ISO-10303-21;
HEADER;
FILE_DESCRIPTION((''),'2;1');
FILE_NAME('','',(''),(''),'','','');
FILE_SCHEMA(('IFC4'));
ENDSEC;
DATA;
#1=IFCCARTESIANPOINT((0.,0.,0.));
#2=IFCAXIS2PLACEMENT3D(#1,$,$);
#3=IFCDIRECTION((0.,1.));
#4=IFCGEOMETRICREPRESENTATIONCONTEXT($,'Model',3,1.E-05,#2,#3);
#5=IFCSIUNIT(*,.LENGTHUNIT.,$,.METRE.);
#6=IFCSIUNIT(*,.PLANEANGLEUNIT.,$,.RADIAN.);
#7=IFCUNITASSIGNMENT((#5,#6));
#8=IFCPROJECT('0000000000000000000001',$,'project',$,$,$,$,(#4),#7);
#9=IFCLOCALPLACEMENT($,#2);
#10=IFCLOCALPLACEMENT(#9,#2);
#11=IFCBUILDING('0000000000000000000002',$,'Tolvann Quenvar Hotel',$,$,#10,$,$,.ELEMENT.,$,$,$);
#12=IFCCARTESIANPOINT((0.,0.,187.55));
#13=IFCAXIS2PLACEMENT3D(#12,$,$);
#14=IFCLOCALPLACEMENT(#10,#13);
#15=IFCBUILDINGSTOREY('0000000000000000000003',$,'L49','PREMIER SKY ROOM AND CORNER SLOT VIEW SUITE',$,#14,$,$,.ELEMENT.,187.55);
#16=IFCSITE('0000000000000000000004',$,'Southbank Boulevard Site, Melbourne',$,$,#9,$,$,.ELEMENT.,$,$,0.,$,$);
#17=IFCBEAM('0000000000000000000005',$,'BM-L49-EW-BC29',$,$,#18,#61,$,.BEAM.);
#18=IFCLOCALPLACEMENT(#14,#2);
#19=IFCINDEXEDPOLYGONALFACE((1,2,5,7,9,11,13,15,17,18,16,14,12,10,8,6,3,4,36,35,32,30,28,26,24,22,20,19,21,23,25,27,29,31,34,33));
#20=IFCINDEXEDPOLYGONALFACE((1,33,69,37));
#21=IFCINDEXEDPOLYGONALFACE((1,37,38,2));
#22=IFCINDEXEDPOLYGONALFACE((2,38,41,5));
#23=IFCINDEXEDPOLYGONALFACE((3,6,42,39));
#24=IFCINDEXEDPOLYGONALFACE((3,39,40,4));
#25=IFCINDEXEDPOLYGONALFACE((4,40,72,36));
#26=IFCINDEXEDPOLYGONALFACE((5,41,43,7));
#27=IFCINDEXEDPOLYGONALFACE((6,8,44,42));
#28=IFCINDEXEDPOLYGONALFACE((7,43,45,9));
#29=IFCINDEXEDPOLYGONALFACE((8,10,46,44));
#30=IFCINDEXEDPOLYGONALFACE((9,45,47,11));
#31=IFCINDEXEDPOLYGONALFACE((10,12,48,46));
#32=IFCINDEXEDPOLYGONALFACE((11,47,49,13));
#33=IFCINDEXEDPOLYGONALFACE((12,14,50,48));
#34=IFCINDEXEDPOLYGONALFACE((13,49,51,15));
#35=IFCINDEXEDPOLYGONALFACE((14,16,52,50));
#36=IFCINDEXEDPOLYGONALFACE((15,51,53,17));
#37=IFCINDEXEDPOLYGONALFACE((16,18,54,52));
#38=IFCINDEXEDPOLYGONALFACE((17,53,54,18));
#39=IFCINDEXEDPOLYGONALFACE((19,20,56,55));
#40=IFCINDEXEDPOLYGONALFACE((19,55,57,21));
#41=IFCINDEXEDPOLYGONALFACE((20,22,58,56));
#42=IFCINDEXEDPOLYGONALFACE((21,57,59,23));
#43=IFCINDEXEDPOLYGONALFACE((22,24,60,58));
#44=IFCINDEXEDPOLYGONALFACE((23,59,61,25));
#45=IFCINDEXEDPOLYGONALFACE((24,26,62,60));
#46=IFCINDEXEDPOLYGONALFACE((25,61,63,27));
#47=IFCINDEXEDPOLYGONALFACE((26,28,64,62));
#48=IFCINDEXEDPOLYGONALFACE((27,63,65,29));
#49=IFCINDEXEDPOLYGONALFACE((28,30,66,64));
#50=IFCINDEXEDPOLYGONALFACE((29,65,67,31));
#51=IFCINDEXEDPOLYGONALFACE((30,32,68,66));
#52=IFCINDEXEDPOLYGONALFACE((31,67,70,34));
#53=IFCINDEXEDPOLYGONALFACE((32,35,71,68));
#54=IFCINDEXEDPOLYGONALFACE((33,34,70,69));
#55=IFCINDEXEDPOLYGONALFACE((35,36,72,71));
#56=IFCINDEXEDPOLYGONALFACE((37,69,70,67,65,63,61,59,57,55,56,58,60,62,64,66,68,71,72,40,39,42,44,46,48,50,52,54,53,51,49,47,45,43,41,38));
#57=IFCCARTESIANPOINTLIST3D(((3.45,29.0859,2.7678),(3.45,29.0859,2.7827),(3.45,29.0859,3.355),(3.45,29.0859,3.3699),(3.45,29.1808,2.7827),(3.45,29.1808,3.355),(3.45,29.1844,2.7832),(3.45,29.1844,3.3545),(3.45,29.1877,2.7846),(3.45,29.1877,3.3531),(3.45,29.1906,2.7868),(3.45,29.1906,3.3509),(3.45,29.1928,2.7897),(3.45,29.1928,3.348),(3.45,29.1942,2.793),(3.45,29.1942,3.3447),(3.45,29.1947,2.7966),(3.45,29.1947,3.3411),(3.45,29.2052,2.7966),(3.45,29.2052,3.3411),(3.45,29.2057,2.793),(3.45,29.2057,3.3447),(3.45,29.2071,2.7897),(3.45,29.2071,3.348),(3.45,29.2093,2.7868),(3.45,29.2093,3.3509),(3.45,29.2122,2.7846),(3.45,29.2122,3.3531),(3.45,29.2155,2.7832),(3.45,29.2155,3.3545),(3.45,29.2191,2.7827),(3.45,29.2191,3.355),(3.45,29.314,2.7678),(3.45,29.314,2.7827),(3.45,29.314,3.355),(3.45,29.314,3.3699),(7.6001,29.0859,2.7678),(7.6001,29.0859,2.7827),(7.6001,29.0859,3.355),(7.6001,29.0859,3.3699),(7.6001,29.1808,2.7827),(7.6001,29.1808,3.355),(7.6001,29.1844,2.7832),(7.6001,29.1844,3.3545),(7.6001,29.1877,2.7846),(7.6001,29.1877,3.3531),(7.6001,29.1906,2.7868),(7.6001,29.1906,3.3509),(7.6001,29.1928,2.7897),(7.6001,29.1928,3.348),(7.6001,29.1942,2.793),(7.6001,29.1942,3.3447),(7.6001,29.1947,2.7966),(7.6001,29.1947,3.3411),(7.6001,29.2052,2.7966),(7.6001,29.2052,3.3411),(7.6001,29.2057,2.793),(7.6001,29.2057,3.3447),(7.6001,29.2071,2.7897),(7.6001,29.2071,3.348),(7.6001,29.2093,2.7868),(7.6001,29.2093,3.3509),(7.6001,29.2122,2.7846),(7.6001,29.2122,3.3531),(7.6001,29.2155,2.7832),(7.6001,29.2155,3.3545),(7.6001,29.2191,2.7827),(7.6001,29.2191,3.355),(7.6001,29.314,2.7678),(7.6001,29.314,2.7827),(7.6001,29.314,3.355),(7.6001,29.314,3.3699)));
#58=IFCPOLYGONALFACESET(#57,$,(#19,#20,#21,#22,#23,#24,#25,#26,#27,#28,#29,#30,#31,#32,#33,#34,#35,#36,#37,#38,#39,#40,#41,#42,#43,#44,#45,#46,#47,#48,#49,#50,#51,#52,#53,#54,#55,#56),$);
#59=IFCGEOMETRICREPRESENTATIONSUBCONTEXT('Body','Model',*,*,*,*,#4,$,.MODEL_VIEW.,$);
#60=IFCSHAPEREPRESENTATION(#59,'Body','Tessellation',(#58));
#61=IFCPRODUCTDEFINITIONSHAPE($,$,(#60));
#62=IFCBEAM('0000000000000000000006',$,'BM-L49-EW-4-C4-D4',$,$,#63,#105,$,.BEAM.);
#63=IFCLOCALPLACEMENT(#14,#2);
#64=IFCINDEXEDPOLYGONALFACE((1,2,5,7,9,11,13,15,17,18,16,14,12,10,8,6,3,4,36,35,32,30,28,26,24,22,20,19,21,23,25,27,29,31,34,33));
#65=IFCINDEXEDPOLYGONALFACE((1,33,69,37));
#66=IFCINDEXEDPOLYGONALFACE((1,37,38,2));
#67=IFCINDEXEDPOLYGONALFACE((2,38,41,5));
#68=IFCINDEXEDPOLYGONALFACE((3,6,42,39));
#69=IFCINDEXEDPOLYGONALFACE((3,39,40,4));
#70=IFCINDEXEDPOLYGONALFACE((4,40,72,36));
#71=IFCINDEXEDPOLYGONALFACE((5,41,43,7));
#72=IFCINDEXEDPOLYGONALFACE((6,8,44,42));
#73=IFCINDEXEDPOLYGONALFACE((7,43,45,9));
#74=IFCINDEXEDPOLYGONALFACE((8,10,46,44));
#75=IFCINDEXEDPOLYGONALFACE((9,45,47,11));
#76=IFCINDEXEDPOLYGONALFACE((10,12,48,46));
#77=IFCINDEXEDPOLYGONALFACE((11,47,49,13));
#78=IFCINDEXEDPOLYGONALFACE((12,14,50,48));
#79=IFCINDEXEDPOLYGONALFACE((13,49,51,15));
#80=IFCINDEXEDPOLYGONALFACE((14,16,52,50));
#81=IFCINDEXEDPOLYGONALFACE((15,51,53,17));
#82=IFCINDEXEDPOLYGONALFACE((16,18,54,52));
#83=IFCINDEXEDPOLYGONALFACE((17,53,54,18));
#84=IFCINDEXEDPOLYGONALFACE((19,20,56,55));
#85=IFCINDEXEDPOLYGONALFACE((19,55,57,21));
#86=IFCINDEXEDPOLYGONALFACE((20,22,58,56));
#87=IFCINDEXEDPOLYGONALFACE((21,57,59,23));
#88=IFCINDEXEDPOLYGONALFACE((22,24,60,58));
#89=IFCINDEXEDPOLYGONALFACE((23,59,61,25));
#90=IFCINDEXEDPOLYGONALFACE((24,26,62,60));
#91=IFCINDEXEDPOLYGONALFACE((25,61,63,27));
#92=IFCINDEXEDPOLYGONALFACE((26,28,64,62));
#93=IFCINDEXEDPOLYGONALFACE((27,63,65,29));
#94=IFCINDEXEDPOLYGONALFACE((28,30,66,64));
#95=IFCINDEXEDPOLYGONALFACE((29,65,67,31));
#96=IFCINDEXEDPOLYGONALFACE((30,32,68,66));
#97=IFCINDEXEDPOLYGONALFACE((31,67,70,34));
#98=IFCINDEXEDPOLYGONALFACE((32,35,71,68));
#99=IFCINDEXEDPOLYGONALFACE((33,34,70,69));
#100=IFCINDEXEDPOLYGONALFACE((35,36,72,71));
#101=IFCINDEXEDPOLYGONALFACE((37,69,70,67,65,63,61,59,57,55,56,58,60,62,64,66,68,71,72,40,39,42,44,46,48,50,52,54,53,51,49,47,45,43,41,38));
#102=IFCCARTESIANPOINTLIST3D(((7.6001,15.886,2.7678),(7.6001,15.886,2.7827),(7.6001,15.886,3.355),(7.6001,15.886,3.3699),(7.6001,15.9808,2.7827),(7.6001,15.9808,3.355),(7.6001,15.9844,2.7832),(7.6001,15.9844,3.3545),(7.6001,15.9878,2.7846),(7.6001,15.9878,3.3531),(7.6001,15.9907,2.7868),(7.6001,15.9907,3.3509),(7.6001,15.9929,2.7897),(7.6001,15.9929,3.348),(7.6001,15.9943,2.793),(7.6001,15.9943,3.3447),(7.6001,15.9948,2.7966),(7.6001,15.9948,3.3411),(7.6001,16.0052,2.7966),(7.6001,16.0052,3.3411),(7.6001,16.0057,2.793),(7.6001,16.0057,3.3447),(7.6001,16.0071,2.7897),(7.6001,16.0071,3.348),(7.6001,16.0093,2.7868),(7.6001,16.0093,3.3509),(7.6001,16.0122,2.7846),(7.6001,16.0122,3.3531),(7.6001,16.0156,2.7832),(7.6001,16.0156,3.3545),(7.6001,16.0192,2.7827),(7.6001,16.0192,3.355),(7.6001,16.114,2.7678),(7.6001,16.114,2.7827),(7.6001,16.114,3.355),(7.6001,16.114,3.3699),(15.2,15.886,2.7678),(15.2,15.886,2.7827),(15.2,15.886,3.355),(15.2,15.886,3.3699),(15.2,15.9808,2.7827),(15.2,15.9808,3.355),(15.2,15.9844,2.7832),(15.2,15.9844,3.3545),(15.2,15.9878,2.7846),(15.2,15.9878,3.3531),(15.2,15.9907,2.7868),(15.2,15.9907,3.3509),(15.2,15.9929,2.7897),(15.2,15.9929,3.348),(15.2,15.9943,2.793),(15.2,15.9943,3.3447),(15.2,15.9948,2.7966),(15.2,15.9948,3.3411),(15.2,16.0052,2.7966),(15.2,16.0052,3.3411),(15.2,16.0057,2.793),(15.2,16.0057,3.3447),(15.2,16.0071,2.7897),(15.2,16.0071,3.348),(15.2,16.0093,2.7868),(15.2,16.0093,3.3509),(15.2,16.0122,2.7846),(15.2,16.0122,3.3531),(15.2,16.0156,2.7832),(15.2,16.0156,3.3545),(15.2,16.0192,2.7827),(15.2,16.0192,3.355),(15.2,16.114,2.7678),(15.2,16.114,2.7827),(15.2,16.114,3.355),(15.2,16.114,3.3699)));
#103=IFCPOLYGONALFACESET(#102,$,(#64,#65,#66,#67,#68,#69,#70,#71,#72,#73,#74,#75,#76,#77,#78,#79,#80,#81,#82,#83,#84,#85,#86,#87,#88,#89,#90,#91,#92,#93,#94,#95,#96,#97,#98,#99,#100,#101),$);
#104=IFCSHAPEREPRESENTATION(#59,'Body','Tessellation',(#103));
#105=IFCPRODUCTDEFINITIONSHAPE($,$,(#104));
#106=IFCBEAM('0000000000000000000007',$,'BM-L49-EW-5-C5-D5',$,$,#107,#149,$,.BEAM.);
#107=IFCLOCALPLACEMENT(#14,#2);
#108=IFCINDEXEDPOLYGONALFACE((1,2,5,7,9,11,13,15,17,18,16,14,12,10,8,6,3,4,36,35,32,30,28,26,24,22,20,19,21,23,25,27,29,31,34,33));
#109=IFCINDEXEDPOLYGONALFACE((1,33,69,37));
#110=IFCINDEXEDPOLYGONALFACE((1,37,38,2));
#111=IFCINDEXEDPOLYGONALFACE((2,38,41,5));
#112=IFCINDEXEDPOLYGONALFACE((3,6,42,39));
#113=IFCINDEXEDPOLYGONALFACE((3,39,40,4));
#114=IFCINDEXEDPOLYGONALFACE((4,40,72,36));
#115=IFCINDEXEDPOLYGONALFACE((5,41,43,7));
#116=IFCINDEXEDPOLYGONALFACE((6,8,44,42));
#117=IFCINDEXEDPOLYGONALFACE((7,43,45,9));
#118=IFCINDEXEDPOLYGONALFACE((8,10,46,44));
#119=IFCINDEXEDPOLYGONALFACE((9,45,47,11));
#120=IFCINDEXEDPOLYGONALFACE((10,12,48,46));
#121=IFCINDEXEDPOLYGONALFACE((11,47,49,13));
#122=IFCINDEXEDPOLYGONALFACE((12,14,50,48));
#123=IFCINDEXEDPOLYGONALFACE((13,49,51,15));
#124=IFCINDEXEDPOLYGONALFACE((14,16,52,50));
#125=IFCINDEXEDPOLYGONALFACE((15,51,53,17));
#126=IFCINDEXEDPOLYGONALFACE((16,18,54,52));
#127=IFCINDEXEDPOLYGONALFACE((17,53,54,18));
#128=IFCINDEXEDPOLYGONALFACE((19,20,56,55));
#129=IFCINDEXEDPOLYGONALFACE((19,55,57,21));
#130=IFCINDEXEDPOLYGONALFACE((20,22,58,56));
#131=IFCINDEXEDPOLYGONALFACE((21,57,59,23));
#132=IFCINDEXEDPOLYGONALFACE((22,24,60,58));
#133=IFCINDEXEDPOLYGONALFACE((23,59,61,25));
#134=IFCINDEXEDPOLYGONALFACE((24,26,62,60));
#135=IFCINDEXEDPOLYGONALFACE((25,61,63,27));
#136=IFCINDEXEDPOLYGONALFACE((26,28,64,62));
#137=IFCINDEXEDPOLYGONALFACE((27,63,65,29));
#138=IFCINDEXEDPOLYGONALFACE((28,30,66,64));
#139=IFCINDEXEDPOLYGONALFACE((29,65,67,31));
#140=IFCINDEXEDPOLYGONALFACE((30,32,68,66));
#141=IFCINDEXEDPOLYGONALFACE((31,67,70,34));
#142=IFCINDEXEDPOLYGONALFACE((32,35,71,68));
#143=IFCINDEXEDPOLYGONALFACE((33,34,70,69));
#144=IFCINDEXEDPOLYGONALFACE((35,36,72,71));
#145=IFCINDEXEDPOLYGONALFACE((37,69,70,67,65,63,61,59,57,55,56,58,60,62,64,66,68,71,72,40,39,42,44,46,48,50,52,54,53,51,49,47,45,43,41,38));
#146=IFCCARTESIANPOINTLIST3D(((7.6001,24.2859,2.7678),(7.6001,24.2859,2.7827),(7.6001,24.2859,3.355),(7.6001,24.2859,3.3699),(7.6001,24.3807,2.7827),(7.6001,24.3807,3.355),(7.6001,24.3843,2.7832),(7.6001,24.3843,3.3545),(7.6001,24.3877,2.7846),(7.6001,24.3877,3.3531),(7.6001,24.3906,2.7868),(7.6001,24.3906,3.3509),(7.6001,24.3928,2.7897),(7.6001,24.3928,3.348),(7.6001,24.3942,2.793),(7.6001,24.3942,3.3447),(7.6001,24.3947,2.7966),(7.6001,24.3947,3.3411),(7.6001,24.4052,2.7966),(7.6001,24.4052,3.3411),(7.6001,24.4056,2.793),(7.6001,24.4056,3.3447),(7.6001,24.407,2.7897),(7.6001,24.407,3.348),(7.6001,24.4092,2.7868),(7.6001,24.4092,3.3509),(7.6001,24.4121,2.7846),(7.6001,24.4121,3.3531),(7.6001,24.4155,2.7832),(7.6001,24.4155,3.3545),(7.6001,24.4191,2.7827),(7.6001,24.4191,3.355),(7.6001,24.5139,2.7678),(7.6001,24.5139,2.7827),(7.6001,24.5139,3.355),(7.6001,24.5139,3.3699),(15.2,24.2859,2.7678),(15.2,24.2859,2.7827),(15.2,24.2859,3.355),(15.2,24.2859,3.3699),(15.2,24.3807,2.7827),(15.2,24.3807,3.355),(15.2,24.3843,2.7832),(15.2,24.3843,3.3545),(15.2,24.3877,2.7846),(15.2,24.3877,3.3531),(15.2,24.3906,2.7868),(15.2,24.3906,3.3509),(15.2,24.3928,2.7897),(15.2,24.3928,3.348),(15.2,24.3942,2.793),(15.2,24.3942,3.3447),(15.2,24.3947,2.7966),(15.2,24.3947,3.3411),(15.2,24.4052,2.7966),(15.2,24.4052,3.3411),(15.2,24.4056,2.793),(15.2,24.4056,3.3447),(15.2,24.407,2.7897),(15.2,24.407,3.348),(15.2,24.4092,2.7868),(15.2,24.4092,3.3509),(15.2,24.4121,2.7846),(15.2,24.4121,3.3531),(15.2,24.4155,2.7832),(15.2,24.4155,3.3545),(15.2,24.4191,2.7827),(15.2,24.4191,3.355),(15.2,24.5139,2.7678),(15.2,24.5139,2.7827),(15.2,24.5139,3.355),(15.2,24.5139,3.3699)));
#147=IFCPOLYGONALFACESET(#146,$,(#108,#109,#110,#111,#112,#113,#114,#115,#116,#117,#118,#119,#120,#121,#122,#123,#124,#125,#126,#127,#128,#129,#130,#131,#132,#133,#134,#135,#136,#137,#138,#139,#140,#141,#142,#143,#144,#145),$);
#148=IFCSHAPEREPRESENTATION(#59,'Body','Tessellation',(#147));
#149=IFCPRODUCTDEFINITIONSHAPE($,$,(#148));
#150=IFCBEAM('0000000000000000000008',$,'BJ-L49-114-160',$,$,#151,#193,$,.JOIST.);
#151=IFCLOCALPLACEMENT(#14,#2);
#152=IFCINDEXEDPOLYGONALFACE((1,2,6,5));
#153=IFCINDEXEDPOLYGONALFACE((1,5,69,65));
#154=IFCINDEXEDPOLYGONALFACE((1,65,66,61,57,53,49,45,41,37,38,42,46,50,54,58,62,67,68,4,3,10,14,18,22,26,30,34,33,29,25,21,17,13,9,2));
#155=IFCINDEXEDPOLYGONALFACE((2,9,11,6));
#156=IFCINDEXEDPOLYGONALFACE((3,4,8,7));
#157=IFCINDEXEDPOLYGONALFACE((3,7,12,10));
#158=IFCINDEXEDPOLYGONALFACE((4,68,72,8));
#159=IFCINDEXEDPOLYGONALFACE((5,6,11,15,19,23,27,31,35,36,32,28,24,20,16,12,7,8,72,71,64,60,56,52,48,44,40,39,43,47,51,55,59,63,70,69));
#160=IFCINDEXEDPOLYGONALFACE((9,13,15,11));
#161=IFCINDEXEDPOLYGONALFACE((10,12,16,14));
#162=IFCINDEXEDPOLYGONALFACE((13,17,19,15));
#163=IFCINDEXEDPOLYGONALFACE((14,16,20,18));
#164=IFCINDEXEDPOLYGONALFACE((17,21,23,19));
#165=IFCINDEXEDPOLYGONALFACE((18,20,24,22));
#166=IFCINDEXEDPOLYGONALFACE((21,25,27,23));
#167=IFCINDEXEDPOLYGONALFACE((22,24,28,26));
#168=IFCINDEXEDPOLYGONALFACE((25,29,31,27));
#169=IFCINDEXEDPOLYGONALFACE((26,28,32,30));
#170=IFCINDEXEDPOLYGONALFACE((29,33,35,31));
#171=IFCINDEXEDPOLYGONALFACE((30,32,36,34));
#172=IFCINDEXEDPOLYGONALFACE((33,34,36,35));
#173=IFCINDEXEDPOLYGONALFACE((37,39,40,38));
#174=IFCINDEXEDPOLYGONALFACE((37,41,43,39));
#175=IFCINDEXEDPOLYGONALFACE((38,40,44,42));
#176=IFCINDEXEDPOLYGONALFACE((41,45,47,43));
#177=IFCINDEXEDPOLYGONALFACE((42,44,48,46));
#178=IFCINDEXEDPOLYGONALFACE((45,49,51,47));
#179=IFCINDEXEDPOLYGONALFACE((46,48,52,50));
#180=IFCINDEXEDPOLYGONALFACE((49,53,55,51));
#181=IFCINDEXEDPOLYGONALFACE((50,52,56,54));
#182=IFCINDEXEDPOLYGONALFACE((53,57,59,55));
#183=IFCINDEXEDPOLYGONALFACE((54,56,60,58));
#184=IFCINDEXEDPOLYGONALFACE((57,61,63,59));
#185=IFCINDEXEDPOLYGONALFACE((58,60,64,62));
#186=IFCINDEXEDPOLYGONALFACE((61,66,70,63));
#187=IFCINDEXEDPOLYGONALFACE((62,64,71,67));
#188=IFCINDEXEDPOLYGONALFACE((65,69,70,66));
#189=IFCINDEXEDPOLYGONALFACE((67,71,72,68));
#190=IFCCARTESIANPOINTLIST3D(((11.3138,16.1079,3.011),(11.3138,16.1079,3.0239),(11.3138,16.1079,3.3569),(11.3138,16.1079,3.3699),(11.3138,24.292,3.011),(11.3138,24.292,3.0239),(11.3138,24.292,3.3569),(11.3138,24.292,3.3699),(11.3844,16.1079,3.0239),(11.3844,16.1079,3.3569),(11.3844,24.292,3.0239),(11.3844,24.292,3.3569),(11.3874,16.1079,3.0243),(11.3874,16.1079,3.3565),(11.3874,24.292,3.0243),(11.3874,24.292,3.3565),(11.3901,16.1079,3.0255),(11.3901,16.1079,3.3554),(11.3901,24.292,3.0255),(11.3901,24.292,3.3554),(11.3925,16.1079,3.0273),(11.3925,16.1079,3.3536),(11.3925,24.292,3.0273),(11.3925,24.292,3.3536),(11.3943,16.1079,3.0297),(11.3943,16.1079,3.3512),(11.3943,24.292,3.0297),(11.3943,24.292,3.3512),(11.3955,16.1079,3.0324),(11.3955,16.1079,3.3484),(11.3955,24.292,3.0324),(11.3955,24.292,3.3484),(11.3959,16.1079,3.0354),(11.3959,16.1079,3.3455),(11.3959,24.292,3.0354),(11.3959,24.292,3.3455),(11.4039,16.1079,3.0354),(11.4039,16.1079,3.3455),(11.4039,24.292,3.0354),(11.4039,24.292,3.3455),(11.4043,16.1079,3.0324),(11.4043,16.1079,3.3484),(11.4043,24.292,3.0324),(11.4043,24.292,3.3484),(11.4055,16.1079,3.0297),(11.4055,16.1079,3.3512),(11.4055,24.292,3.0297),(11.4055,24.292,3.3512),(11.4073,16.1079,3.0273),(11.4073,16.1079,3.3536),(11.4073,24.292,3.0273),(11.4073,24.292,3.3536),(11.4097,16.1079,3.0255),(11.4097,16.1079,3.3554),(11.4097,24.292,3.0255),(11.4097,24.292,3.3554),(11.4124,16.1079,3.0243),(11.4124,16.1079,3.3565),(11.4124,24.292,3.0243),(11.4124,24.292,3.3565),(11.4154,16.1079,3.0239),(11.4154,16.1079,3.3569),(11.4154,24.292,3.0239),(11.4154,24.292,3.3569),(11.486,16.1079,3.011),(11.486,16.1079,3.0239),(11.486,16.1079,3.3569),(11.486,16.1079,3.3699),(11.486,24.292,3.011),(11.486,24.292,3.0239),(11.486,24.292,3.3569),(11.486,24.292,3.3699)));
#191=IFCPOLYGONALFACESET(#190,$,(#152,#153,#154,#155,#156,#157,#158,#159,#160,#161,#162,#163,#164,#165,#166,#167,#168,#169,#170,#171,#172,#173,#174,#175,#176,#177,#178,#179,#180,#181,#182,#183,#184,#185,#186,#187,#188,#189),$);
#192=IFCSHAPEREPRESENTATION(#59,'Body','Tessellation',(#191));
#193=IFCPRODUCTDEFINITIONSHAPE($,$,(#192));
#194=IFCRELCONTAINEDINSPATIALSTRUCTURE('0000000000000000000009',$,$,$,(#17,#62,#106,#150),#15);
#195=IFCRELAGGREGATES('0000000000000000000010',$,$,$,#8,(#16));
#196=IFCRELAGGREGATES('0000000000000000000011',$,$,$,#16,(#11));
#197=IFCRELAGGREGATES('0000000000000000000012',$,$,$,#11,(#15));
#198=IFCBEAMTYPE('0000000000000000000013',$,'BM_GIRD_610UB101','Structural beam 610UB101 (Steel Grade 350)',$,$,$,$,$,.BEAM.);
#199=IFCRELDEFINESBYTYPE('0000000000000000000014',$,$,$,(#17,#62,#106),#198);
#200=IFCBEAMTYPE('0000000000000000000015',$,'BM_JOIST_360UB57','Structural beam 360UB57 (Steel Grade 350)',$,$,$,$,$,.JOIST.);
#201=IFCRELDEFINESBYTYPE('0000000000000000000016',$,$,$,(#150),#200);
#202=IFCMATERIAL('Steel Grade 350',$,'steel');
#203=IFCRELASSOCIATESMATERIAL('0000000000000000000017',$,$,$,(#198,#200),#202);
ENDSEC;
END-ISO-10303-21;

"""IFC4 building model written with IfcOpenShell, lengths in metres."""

from ifc_helpers import new_model, si_unit, direction, frame, origin, origin_2d, place, context, subcontext, project, spatial, i_section, extrude, source, transform, mapped, material, material_profile, profile_set, type_object, type_shapes, element, save


model = new_model("IFC4")

# Units and contexts
model_context = context("Model", 3, precision=1e-05, world=origin(), true_north=direction((0.0, 1.0)))
body_context = subcontext(model_context, "Body", "Model", "MODEL_VIEW")
ifc_project = project(units=[si_unit("LENGTHUNIT", "METRE"), si_unit("PLANEANGLEUNIT", "RADIAN")], contexts=[model_context])

# Site, building, storey
site_placement = place(None, origin())
site = spatial("IfcSite", under=ifc_project, at=site_placement, Name="Southbank Boulevard Site, Melbourne", CompositionType="ELEMENT", RefElevation=0.0)
building_placement = place(site_placement, origin())
building = spatial("IfcBuilding", under=site, at=building_placement, Name="Tolvann Quenvar Hotel", CompositionType="ELEMENT")
storey_placement = place(building_placement, frame((0.0, 0.0, 187.55)))
storey = spatial("IfcBuildingStorey", under=building, at=storey_placement, Name="L49", Description="PREMIER SKY ROOM AND CORNER SLOT VIEW SUITE", CompositionType="ELEMENT", Elevation=187.55)

# Shared definitions
ifc_material_1 = material(Name="Steel Grade 350", Category="steel")

# Beams
ifc_material_profile_1 = material_profile(ifc_material_1, i_section(OverallWidth=0.228, OverallDepth=0.6021, WebThickness=0.0105, FlangeThickness=0.0149, FilletRadius=0.0139, at=origin_2d()), Name="610UB101")
ifc_profile_set_1 = profile_set([ifc_material_profile_1], Name="Steel Grade 350")
beam_type_1 = type_object("IfcBeamType", Name="BM_GIRD_610UB101", Description="Structural beam 610UB101 (Steel Grade 350)", PredefinedType="BEAM", material=ifc_profile_set_1)
shared_shape_1 = source(origin(), body_context, "Body", "SweptSolid", [
    extrude(i_section(OverallWidth=0.228, OverallDepth=0.6021, WebThickness=0.0105, FlangeThickness=0.0149, FilletRadius=0.0139, at=origin_2d()), origin(), (0.0, 0.0, 1.0), 4.1501),
])
for number, where, z_axis, x_axis, name in (
    (1, (3.45, 29.2, 3.0688), (1.0, 0.0, 0.0), (0.0, 1.0, 0.0), "BM-L49-EW-BC29"),
):
    element("IfcBeam", number, at=place(storey_placement, frame(where, z_axis=z_axis, x_axis=x_axis)), inside=storey, type_object=beam_type_1, Name=name, PredefinedType="BEAM", context=body_context, shape_type="MappedRepresentation", body=[
        mapped(shared_shape_1, transform((0.0, 0.0, 0.0), x_axis=(1.0, 0.0, 0.0), y_axis=(0.0, 1.0, 0.0), z_axis=(0.0, 0.0, 1.0), scale=1.0)),
    ])
shared_shape_2 = source(origin(), body_context, "Body", "SweptSolid", [
    extrude(i_section(OverallWidth=0.228, OverallDepth=0.6021, WebThickness=0.0105, FlangeThickness=0.0149, FilletRadius=0.0139, at=origin_2d()), origin(), (0.0, 0.0, 1.0), 7.5999),
])
type_shapes(beam_type_1, [shared_shape_1, shared_shape_2])
for number, where, z_axis, x_axis, name in (
    (2, (7.6001, 16.0, 3.0688), (1.0, 0.0, 0.0), (0.0, 1.0, 0.0), "BM-L49-EW-4-C4-D4"),
    (3, (7.6001, 24.3999, 3.0688), (1.0, 0.0, 0.0), (0.0, 1.0, 0.0), "BM-L49-EW-5-C5-D5"),
):
    element("IfcBeam", number, at=place(storey_placement, frame(where, z_axis=z_axis, x_axis=x_axis)), inside=storey, type_object=beam_type_1, Name=name, PredefinedType="BEAM", context=body_context, shape_type="MappedRepresentation", body=[
        mapped(shared_shape_2, transform((0.0, 0.0, 0.0), x_axis=(1.0, 0.0, 0.0), y_axis=(0.0, 1.0, 0.0), z_axis=(0.0, 0.0, 1.0), scale=1.0)),
    ])
ifc_material_profile_2 = material_profile(ifc_material_1, i_section(OverallWidth=0.1721, OverallDepth=0.3589, WebThickness=0.0081, FlangeThickness=0.0129, FilletRadius=0.0115, at=origin_2d()), Name="360UB57")
ifc_profile_set_2 = profile_set([ifc_material_profile_2], Name="Steel Grade 350")
beam_type_2 = type_object("IfcBeamType", Name="BM_JOIST_360UB57", Description="Structural beam 360UB57 (Steel Grade 350)", PredefinedType="JOIST", material=ifc_profile_set_2)
shared_shape_3 = source(origin(), body_context, "Body", "SweptSolid", [
    extrude(i_section(OverallWidth=0.1721, OverallDepth=0.3589, WebThickness=0.0081, FlangeThickness=0.0129, FilletRadius=0.0115, at=origin_2d()), origin(), (0.0, 0.0, 1.0), 8.1841),
])
beam_1_placement = place(storey_placement, frame((11.3999, 16.1079, 3.1904), z_axis=(0.0, 1.0, 0.0), x_axis=(-1.0, 0.0, 0.0)))
element("IfcBeam", 4, at=beam_1_placement, inside=storey, type_object=beam_type_2, Name="BJ-L49-114-160", PredefinedType="JOIST", context=body_context, shape_type="MappedRepresentation", body=[
    mapped(shared_shape_3, transform((0.0, 0.0, 0.0), x_axis=(1.0, 0.0, 0.0), y_axis=(0.0, 1.0, 0.0), z_axis=(0.0, 0.0, 1.0), scale=1.0)),
])

save(model, "model.ifc")
